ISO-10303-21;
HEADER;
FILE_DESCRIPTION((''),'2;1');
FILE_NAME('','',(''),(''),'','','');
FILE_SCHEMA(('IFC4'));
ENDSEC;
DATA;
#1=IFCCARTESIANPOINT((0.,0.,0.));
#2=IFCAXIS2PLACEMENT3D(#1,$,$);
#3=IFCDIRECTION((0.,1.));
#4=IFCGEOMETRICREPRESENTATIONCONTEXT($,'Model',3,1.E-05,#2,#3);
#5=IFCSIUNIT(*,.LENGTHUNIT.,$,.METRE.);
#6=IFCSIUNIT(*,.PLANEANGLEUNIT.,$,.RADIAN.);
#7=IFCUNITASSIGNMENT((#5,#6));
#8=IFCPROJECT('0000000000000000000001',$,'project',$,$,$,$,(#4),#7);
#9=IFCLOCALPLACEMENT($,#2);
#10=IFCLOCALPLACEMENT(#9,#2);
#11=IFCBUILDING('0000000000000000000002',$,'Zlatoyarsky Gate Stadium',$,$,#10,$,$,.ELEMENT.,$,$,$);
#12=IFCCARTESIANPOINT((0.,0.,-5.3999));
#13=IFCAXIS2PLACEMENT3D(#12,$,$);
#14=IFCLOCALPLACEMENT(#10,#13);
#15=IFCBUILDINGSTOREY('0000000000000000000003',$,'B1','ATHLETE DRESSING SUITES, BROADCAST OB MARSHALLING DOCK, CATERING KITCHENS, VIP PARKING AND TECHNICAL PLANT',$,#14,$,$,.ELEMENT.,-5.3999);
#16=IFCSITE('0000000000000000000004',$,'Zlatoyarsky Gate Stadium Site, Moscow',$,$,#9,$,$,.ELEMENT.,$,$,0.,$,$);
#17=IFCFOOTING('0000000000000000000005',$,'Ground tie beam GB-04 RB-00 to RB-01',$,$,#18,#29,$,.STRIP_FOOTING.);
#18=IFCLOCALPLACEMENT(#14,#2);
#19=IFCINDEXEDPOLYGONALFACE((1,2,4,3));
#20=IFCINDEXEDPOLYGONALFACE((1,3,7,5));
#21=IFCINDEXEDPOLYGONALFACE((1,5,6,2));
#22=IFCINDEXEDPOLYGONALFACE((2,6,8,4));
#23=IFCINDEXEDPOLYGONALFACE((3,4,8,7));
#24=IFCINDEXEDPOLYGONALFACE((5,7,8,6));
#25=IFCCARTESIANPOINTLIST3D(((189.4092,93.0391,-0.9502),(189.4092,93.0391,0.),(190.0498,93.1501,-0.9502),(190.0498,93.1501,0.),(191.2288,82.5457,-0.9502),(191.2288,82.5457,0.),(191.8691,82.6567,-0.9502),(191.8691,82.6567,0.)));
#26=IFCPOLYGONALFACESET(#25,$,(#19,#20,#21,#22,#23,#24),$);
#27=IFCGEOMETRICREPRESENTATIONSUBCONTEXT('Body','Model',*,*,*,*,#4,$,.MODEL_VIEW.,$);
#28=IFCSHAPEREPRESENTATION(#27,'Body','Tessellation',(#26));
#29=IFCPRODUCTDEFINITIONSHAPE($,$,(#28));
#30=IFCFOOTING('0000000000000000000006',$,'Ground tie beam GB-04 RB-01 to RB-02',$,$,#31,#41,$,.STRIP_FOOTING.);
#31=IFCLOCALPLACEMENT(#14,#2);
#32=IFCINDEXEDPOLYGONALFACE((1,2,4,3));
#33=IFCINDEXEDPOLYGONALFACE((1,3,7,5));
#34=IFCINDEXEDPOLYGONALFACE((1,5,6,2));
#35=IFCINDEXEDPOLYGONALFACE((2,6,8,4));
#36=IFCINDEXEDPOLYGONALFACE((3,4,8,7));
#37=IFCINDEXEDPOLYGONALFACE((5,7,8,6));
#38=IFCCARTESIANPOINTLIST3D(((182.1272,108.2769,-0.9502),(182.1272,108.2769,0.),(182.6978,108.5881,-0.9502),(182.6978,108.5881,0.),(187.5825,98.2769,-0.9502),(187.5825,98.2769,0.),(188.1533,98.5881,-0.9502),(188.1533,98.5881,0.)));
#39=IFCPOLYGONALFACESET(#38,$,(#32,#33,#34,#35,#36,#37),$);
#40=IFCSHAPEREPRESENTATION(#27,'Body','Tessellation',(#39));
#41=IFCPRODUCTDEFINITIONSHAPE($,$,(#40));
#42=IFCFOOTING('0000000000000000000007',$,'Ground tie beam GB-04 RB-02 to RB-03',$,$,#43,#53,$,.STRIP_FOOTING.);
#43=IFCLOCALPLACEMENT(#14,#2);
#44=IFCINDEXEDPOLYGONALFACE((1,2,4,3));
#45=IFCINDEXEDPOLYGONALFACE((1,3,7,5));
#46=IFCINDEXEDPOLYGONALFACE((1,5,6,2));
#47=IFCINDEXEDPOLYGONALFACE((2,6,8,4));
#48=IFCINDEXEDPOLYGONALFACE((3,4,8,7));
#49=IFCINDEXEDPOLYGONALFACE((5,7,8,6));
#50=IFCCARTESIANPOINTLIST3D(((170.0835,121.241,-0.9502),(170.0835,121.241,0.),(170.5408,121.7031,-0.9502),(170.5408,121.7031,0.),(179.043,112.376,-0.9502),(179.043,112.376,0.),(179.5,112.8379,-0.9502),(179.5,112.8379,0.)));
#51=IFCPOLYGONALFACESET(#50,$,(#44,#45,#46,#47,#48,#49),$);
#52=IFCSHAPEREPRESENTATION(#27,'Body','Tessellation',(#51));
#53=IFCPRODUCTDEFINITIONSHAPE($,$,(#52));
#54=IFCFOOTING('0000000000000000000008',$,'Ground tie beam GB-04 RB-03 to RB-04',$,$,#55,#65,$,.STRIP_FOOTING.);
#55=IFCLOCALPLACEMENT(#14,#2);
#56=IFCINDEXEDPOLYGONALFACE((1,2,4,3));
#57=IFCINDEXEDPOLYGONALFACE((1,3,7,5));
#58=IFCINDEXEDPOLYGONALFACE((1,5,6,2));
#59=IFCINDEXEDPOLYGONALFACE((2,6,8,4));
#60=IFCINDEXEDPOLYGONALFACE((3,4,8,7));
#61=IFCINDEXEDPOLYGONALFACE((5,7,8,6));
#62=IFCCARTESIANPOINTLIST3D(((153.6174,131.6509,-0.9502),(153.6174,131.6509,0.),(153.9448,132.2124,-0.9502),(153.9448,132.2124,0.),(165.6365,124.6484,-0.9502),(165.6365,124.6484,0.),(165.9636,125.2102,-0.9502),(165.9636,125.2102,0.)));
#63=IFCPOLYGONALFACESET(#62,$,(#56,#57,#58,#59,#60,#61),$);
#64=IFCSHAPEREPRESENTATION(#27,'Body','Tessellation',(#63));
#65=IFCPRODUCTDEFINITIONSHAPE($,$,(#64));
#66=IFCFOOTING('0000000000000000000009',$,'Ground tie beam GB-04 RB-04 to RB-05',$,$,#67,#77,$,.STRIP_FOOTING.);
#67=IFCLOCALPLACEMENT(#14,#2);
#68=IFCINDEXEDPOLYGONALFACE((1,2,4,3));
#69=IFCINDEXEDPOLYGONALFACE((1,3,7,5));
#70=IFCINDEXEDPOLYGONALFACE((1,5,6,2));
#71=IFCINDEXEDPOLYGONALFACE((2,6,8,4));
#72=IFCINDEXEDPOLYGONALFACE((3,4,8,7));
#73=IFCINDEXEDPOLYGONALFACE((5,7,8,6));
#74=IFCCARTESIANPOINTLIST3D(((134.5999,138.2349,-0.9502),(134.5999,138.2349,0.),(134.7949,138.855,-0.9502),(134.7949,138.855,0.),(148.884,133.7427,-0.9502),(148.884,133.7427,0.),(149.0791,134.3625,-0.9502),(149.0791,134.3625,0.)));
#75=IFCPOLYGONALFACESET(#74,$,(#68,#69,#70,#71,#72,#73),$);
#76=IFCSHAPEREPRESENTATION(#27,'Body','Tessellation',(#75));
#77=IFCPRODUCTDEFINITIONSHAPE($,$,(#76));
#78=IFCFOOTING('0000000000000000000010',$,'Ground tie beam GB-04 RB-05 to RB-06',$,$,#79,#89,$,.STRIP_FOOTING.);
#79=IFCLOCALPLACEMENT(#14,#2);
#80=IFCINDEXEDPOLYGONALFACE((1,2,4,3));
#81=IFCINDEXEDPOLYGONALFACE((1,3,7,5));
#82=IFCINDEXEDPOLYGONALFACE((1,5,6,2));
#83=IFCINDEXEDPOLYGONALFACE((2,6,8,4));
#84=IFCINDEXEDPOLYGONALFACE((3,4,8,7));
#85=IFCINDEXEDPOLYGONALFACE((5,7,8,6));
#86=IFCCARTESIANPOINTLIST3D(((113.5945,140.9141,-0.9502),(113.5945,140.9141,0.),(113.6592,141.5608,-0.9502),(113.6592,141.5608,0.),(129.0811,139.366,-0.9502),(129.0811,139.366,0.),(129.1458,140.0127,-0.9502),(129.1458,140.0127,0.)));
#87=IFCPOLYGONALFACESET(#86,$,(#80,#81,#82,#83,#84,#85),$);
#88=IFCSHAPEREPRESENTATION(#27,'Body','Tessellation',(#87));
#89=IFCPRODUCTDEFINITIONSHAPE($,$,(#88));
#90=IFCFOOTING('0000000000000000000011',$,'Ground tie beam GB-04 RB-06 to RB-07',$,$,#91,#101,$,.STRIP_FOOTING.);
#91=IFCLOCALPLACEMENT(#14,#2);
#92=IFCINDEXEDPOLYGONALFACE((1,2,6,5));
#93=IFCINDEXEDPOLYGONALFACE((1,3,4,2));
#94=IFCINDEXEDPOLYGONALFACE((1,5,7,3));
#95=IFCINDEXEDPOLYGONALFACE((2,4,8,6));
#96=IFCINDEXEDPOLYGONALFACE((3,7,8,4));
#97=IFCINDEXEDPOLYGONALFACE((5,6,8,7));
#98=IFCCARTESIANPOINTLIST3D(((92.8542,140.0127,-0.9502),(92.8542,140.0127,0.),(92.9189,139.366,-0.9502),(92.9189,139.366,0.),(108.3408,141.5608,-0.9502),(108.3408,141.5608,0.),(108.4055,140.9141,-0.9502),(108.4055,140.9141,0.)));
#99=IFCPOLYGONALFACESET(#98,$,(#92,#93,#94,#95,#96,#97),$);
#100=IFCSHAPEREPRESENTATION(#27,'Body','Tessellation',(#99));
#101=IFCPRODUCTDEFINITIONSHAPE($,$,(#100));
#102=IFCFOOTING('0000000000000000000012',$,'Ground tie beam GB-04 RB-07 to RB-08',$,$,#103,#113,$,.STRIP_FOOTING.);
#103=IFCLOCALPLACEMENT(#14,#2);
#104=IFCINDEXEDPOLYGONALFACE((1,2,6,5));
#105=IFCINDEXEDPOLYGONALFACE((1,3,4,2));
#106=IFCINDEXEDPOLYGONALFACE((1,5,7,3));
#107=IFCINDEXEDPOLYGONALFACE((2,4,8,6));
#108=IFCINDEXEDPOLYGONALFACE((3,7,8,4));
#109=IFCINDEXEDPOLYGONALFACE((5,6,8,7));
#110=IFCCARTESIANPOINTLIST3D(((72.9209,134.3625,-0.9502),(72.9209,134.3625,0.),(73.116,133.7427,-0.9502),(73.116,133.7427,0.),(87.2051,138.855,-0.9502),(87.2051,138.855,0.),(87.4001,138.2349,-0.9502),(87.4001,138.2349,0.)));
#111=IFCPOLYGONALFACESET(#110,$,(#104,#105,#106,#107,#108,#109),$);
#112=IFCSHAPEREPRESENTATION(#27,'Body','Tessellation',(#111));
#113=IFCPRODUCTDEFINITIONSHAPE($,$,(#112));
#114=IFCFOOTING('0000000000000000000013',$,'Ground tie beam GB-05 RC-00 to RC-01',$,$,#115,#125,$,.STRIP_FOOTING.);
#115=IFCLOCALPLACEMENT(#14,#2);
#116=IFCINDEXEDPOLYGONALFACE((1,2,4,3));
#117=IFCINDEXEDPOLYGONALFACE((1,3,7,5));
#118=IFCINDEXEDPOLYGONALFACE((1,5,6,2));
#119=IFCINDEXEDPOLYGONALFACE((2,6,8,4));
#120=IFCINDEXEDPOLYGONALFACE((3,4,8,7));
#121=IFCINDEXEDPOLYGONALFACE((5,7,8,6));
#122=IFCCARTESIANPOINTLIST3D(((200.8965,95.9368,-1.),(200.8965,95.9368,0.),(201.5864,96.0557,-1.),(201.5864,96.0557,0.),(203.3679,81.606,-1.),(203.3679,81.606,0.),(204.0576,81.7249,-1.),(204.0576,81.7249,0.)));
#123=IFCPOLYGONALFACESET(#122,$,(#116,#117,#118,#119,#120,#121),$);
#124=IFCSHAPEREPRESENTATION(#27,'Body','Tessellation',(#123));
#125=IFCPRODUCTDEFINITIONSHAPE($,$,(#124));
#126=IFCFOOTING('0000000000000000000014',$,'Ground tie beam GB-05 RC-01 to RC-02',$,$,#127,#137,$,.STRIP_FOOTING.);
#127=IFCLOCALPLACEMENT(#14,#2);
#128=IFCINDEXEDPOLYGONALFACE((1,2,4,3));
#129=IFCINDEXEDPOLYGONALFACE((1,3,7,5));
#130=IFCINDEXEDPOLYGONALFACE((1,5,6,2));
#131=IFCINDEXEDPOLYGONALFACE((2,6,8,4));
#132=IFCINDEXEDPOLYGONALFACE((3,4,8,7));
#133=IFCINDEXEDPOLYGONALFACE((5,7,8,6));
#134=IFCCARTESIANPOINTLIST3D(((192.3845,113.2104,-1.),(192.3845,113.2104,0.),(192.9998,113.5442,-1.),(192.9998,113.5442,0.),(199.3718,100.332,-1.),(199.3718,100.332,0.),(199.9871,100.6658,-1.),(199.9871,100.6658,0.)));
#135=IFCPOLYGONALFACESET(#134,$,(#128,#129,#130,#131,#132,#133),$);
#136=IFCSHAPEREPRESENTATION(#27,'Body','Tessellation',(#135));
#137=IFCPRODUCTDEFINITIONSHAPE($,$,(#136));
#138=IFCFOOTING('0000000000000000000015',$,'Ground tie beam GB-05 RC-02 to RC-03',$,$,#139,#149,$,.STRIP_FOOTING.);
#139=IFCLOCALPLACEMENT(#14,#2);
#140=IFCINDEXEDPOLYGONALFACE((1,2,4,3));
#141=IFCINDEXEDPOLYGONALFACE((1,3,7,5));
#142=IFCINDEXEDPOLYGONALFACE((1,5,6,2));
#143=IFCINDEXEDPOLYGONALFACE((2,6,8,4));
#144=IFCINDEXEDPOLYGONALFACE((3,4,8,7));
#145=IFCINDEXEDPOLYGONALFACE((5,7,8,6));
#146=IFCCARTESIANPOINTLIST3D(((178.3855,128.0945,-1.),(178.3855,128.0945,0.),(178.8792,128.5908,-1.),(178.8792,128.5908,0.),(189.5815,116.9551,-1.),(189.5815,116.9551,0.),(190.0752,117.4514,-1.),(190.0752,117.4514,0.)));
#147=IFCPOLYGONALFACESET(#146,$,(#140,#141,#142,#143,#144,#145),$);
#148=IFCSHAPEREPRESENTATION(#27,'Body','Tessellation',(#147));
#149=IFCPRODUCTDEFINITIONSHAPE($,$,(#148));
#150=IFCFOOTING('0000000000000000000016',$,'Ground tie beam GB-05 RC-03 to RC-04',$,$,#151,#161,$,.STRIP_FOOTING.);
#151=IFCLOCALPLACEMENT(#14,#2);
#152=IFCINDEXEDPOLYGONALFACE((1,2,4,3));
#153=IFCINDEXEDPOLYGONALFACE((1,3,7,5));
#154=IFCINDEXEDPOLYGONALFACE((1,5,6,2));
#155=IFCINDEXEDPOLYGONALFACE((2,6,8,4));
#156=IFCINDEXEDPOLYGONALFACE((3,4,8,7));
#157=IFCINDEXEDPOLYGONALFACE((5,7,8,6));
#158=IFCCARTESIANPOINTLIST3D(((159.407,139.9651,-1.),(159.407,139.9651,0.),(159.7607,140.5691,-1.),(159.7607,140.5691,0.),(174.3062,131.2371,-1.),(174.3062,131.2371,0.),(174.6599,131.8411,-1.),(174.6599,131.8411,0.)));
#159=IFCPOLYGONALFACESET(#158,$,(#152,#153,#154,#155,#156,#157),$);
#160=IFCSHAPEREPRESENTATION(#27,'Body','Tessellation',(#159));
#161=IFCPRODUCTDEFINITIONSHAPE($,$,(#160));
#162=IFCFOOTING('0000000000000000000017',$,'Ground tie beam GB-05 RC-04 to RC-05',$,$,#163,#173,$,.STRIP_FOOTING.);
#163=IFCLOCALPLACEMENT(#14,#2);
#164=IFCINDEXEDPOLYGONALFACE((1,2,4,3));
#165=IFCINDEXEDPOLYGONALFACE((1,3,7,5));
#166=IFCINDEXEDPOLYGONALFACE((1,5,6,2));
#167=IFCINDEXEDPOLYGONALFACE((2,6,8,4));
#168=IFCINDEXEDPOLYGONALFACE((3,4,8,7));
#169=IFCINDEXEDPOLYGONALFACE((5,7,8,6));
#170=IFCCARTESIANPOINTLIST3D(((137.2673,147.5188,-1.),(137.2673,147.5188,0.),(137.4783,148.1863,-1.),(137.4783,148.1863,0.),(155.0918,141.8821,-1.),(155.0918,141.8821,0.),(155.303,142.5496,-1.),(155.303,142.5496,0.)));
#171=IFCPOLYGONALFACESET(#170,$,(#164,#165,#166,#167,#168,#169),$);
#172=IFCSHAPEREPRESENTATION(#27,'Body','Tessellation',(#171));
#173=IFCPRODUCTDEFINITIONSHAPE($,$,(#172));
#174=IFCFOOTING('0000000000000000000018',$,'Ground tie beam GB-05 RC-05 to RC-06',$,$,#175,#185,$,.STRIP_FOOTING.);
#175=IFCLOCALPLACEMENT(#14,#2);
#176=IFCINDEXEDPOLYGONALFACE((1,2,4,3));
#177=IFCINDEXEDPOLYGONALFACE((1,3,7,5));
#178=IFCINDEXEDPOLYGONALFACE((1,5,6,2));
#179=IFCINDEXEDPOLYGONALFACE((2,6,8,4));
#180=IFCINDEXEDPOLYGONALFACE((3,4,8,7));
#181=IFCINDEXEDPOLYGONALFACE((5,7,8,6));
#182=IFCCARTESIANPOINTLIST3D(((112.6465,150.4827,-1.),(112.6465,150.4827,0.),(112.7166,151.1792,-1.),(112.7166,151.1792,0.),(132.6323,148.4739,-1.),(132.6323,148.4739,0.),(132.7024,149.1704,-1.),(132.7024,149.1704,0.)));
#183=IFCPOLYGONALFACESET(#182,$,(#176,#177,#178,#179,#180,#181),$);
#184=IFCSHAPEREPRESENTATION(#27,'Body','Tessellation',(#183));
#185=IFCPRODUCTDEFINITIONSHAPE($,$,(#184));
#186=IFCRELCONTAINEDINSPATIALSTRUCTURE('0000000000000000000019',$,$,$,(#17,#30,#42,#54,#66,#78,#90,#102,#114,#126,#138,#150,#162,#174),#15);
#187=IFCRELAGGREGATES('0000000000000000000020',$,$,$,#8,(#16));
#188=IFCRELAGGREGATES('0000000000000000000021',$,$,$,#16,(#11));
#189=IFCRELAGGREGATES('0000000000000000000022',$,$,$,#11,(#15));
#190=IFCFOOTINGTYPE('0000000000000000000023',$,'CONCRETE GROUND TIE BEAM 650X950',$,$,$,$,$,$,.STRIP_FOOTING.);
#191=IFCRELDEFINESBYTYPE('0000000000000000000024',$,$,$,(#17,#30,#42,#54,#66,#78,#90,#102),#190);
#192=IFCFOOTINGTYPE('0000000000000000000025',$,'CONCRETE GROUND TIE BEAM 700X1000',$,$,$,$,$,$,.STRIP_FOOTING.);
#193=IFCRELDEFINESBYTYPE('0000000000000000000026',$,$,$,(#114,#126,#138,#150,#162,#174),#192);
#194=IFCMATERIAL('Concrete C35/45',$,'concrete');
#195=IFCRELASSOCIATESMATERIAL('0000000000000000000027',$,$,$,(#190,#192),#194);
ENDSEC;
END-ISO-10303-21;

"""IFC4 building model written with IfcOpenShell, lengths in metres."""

from ifc_helpers import new_model, si_unit, direction, frame, origin, origin_2d, place, context, subcontext, project, spatial, polyline, rectangle, outline, extrude, material, material_profile, profile_set, type_object, element, save


model = new_model("IFC4")

# Units and contexts
model_context = context("Model", 3, precision=1e-05, world=origin(), true_north=direction((0.0, 1.0)))
body_context = subcontext(model_context, "Body", "Model", "MODEL_VIEW")
ifc_project = project(units=[si_unit("LENGTHUNIT", "METRE"), si_unit("PLANEANGLEUNIT", "RADIAN")], contexts=[model_context])

# Site, building, storey
site_placement = place(None, origin())
site = spatial("IfcSite", under=ifc_project, at=site_placement, Name="Zlatoyarsky Gate Stadium Site, Moscow", CompositionType="ELEMENT", RefElevation=0.0)
building_placement = place(site_placement, origin())
building = spatial("IfcBuilding", under=site, at=building_placement, Name="Zlatoyarsky Gate Stadium", CompositionType="ELEMENT")
storey_placement = place(building_placement, frame((0.0, 0.0, -5.3999)))
storey = spatial("IfcBuildingStorey", under=building, at=storey_placement, Name="B1", Description="ATHLETE DRESSING SUITES, BROADCAST OB MARSHALLING DOCK, CATERING KITCHENS, VIP PARKING AND TECHNICAL PLANT", CompositionType="ELEMENT", Elevation=-5.3999)

# Footings
ifc_material = material(Name="Concrete C35/45", Category="concrete")
ifc_material_profile_1 = material_profile(ifc_material, rectangle(XDim=0.6499, YDim=0.95, at=origin_2d()), Name="GB 650X950")
ifc_profile_set_1 = profile_set([ifc_material_profile_1], Name="Concrete C35/45")
footing_type_1 = type_object("IfcFootingType", Name="CONCRETE GROUND TIE BEAM 650X950", PredefinedType="STRIP_FOOTING", material=ifc_profile_set_1)
footing_1_placement = place(storey_placement, frame((0.0, 0.0, -0.9502)))
element("IfcFooting", 1, at=footing_1_placement, inside=storey, type_object=footing_type_1, Name="Ground tie beam GB-04 RB-00 to RB-01", PredefinedType="STRIP_FOOTING", context=body_context, shape_type="SweptSolid", body=[
    extrude(outline(polyline([(191.8691, 82.6567), (190.0498, 93.1501), (189.4092, 93.0391), (191.2288, 82.5457), (191.8691, 82.6567)])), origin(), (0.0, 0.0, 1.0), 0.9502),
])
footing_2_placement = place(storey_placement, frame((0.0, 0.0, -0.9502)))
element("IfcFooting", 2, at=footing_2_placement, inside=storey, type_object=footing_type_1, Name="Ground tie beam GB-04 RB-01 to RB-02", PredefinedType="STRIP_FOOTING", context=body_context, shape_type="SweptSolid", body=[
    extrude(outline(polyline([(188.1533, 98.5881), (182.6978, 108.5881), (182.1272, 108.2769), (187.5825, 98.2769), (188.1533, 98.5881)])), origin(), (0.0, 0.0, 1.0), 0.9502),
])
footing_3_placement = place(storey_placement, frame((0.0, 0.0, -0.9502)))
element("IfcFooting", 3, at=footing_3_placement, inside=storey, type_object=footing_type_1, Name="Ground tie beam GB-04 RB-02 to RB-03", PredefinedType="STRIP_FOOTING", context=body_context, shape_type="SweptSolid", body=[
    extrude(outline(polyline([(179.5, 112.8379), (170.5408, 121.7031), (170.0835, 121.241), (179.043, 112.376), (179.5, 112.8379)])), origin(), (0.0, 0.0, 1.0), 0.9502),
])
footing_4_placement = place(storey_placement, frame((0.0, 0.0, -0.9502)))
element("IfcFooting", 4, at=footing_4_placement, inside=storey, type_object=footing_type_1, Name="Ground tie beam GB-04 RB-03 to RB-04", PredefinedType="STRIP_FOOTING", context=body_context, shape_type="SweptSolid", body=[
    extrude(outline(polyline([(165.9636, 125.2102), (153.9448, 132.2124), (153.6174, 131.6509), (165.6365, 124.6484), (165.9636, 125.2102)])), origin(), (0.0, 0.0, 1.0), 0.9502),
])
footing_5_placement = place(storey_placement, frame((0.0, 0.0, -0.9502)))
element("IfcFooting", 5, at=footing_5_placement, inside=storey, type_object=footing_type_1, Name="Ground tie beam GB-04 RB-04 to RB-05", PredefinedType="STRIP_FOOTING", context=body_context, shape_type="SweptSolid", body=[
    extrude(outline(polyline([(149.0791, 134.3625), (134.7949, 138.855), (134.5999, 138.2349), (148.884, 133.7427), (149.0791, 134.3625)])), origin(), (0.0, 0.0, 1.0), 0.9502),
])
footing_6_placement = place(storey_placement, frame((0.0, 0.0, -0.9502)))
element("IfcFooting", 6, at=footing_6_placement, inside=storey, type_object=footing_type_1, Name="Ground tie beam GB-04 RB-05 to RB-06", PredefinedType="STRIP_FOOTING", context=body_context, shape_type="SweptSolid", body=[
    extrude(outline(polyline([(129.1458, 140.0127), (113.6592, 141.5608), (113.5945, 140.9141), (129.0811, 139.366), (129.1458, 140.0127)])), origin(), (0.0, 0.0, 1.0), 0.9502),
])
footing_7_placement = place(storey_placement, frame((0.0, 0.0, -0.9502)))
element("IfcFooting", 7, at=footing_7_placement, inside=storey, type_object=footing_type_1, Name="Ground tie beam GB-04 RB-06 to RB-07", PredefinedType="STRIP_FOOTING", context=body_context, shape_type="SweptSolid", body=[
    extrude(outline(polyline([(108.3408, 141.5608), (92.8542, 140.0127), (92.9189, 139.366), (108.4055, 140.9141), (108.3408, 141.5608)])), origin(), (0.0, 0.0, 1.0), 0.9502),
])
footing_8_placement = place(storey_placement, frame((0.0, 0.0, -0.9502)))
element("IfcFooting", 8, at=footing_8_placement, inside=storey, type_object=footing_type_1, Name="Ground tie beam GB-04 RB-07 to RB-08", PredefinedType="STRIP_FOOTING", context=body_context, shape_type="SweptSolid", body=[
    extrude(outline(polyline([(87.2051, 138.855), (72.9209, 134.3625), (73.116, 133.7427), (87.4001, 138.2349), (87.2051, 138.855)])), origin(), (0.0, 0.0, 1.0), 0.9502),
])
ifc_material_profile_2 = material_profile(ifc_material, rectangle(XDim=0.7, YDim=1.0, at=origin_2d()), Name="GB 700X1000")
ifc_profile_set_2 = profile_set([ifc_material_profile_2], Name="Concrete C35/45")
footing_type_2 = type_object("IfcFootingType", Name="CONCRETE GROUND TIE BEAM 700X1000", PredefinedType="STRIP_FOOTING", material=ifc_profile_set_2)
footing_9_placement = place(storey_placement, frame((0.0, 0.0, -1.0)))
element("IfcFooting", 9, at=footing_9_placement, inside=storey, type_object=footing_type_2, Name="Ground tie beam GB-05 RC-00 to RC-01", PredefinedType="STRIP_FOOTING", context=body_context, shape_type="SweptSolid", body=[
    extrude(outline(polyline([(204.0576, 81.7249), (201.5864, 96.0557), (200.8965, 95.9368), (203.3679, 81.606), (204.0576, 81.7249)])), origin(), (0.0, 0.0, 1.0), 1.0),
])
footing_10_placement = place(storey_placement, frame((0.0, 0.0, -1.0)))
element("IfcFooting", 10, at=footing_10_placement, inside=storey, type_object=footing_type_2, Name="Ground tie beam GB-05 RC-01 to RC-02", PredefinedType="STRIP_FOOTING", context=body_context, shape_type="SweptSolid", body=[
    extrude(outline(polyline([(199.9871, 100.6658), (192.9998, 113.5442), (192.3845, 113.2104), (199.3718, 100.332), (199.9871, 100.6658)])), origin(), (0.0, 0.0, 1.0), 1.0),
])
footing_11_placement = place(storey_placement, frame((0.0, 0.0, -1.0)))
element("IfcFooting", 11, at=footing_11_placement, inside=storey, type_object=footing_type_2, Name="Ground tie beam GB-05 RC-02 to RC-03", PredefinedType="STRIP_FOOTING", context=body_context, shape_type="SweptSolid", body=[
    extrude(outline(polyline([(190.0752, 117.4514), (178.8792, 128.5908), (178.3855, 128.0945), (189.5815, 116.9551), (190.0752, 117.4514)])), origin(), (0.0, 0.0, 1.0), 1.0),
])
footing_12_placement = place(storey_placement, frame((0.0, 0.0, -1.0)))
element("IfcFooting", 12, at=footing_12_placement, inside=storey, type_object=footing_type_2, Name="Ground tie beam GB-05 RC-03 to RC-04", PredefinedType="STRIP_FOOTING", context=body_context, shape_type="SweptSolid", body=[
    extrude(outline(polyline([(174.6599, 131.8411), (159.7607, 140.5691), (159.407, 139.9651), (174.3062, 131.2371), (174.6599, 131.8411)])), origin(), (0.0, 0.0, 1.0), 1.0),
])
footing_13_placement = place(storey_placement, frame((0.0, 0.0, -1.0)))
element("IfcFooting", 13, at=footing_13_placement, inside=storey, type_object=footing_type_2, Name="Ground tie beam GB-05 RC-04 to RC-05", PredefinedType="STRIP_FOOTING", context=body_context, shape_type="SweptSolid", body=[
    extrude(outline(polyline([(155.303, 142.5496), (137.4783, 148.1863), (137.2673, 147.5188), (155.0918, 141.8821), (155.303, 142.5496)])), origin(), (0.0, 0.0, 1.0), 1.0),
])
footing_14_placement = place(storey_placement, frame((0.0, 0.0, -1.0)))
element("IfcFooting", 14, at=footing_14_placement, inside=storey, type_object=footing_type_2, Name="Ground tie beam GB-05 RC-05 to RC-06", PredefinedType="STRIP_FOOTING", context=body_context, shape_type="SweptSolid", body=[
    extrude(outline(polyline([(132.7024, 149.1704), (112.7166, 151.1792), (112.6465, 150.4827), (132.6323, 148.4739), (132.7024, 149.1704)])), origin(), (0.0, 0.0, 1.0), 1.0),
])

save(model, "model.ifc")
